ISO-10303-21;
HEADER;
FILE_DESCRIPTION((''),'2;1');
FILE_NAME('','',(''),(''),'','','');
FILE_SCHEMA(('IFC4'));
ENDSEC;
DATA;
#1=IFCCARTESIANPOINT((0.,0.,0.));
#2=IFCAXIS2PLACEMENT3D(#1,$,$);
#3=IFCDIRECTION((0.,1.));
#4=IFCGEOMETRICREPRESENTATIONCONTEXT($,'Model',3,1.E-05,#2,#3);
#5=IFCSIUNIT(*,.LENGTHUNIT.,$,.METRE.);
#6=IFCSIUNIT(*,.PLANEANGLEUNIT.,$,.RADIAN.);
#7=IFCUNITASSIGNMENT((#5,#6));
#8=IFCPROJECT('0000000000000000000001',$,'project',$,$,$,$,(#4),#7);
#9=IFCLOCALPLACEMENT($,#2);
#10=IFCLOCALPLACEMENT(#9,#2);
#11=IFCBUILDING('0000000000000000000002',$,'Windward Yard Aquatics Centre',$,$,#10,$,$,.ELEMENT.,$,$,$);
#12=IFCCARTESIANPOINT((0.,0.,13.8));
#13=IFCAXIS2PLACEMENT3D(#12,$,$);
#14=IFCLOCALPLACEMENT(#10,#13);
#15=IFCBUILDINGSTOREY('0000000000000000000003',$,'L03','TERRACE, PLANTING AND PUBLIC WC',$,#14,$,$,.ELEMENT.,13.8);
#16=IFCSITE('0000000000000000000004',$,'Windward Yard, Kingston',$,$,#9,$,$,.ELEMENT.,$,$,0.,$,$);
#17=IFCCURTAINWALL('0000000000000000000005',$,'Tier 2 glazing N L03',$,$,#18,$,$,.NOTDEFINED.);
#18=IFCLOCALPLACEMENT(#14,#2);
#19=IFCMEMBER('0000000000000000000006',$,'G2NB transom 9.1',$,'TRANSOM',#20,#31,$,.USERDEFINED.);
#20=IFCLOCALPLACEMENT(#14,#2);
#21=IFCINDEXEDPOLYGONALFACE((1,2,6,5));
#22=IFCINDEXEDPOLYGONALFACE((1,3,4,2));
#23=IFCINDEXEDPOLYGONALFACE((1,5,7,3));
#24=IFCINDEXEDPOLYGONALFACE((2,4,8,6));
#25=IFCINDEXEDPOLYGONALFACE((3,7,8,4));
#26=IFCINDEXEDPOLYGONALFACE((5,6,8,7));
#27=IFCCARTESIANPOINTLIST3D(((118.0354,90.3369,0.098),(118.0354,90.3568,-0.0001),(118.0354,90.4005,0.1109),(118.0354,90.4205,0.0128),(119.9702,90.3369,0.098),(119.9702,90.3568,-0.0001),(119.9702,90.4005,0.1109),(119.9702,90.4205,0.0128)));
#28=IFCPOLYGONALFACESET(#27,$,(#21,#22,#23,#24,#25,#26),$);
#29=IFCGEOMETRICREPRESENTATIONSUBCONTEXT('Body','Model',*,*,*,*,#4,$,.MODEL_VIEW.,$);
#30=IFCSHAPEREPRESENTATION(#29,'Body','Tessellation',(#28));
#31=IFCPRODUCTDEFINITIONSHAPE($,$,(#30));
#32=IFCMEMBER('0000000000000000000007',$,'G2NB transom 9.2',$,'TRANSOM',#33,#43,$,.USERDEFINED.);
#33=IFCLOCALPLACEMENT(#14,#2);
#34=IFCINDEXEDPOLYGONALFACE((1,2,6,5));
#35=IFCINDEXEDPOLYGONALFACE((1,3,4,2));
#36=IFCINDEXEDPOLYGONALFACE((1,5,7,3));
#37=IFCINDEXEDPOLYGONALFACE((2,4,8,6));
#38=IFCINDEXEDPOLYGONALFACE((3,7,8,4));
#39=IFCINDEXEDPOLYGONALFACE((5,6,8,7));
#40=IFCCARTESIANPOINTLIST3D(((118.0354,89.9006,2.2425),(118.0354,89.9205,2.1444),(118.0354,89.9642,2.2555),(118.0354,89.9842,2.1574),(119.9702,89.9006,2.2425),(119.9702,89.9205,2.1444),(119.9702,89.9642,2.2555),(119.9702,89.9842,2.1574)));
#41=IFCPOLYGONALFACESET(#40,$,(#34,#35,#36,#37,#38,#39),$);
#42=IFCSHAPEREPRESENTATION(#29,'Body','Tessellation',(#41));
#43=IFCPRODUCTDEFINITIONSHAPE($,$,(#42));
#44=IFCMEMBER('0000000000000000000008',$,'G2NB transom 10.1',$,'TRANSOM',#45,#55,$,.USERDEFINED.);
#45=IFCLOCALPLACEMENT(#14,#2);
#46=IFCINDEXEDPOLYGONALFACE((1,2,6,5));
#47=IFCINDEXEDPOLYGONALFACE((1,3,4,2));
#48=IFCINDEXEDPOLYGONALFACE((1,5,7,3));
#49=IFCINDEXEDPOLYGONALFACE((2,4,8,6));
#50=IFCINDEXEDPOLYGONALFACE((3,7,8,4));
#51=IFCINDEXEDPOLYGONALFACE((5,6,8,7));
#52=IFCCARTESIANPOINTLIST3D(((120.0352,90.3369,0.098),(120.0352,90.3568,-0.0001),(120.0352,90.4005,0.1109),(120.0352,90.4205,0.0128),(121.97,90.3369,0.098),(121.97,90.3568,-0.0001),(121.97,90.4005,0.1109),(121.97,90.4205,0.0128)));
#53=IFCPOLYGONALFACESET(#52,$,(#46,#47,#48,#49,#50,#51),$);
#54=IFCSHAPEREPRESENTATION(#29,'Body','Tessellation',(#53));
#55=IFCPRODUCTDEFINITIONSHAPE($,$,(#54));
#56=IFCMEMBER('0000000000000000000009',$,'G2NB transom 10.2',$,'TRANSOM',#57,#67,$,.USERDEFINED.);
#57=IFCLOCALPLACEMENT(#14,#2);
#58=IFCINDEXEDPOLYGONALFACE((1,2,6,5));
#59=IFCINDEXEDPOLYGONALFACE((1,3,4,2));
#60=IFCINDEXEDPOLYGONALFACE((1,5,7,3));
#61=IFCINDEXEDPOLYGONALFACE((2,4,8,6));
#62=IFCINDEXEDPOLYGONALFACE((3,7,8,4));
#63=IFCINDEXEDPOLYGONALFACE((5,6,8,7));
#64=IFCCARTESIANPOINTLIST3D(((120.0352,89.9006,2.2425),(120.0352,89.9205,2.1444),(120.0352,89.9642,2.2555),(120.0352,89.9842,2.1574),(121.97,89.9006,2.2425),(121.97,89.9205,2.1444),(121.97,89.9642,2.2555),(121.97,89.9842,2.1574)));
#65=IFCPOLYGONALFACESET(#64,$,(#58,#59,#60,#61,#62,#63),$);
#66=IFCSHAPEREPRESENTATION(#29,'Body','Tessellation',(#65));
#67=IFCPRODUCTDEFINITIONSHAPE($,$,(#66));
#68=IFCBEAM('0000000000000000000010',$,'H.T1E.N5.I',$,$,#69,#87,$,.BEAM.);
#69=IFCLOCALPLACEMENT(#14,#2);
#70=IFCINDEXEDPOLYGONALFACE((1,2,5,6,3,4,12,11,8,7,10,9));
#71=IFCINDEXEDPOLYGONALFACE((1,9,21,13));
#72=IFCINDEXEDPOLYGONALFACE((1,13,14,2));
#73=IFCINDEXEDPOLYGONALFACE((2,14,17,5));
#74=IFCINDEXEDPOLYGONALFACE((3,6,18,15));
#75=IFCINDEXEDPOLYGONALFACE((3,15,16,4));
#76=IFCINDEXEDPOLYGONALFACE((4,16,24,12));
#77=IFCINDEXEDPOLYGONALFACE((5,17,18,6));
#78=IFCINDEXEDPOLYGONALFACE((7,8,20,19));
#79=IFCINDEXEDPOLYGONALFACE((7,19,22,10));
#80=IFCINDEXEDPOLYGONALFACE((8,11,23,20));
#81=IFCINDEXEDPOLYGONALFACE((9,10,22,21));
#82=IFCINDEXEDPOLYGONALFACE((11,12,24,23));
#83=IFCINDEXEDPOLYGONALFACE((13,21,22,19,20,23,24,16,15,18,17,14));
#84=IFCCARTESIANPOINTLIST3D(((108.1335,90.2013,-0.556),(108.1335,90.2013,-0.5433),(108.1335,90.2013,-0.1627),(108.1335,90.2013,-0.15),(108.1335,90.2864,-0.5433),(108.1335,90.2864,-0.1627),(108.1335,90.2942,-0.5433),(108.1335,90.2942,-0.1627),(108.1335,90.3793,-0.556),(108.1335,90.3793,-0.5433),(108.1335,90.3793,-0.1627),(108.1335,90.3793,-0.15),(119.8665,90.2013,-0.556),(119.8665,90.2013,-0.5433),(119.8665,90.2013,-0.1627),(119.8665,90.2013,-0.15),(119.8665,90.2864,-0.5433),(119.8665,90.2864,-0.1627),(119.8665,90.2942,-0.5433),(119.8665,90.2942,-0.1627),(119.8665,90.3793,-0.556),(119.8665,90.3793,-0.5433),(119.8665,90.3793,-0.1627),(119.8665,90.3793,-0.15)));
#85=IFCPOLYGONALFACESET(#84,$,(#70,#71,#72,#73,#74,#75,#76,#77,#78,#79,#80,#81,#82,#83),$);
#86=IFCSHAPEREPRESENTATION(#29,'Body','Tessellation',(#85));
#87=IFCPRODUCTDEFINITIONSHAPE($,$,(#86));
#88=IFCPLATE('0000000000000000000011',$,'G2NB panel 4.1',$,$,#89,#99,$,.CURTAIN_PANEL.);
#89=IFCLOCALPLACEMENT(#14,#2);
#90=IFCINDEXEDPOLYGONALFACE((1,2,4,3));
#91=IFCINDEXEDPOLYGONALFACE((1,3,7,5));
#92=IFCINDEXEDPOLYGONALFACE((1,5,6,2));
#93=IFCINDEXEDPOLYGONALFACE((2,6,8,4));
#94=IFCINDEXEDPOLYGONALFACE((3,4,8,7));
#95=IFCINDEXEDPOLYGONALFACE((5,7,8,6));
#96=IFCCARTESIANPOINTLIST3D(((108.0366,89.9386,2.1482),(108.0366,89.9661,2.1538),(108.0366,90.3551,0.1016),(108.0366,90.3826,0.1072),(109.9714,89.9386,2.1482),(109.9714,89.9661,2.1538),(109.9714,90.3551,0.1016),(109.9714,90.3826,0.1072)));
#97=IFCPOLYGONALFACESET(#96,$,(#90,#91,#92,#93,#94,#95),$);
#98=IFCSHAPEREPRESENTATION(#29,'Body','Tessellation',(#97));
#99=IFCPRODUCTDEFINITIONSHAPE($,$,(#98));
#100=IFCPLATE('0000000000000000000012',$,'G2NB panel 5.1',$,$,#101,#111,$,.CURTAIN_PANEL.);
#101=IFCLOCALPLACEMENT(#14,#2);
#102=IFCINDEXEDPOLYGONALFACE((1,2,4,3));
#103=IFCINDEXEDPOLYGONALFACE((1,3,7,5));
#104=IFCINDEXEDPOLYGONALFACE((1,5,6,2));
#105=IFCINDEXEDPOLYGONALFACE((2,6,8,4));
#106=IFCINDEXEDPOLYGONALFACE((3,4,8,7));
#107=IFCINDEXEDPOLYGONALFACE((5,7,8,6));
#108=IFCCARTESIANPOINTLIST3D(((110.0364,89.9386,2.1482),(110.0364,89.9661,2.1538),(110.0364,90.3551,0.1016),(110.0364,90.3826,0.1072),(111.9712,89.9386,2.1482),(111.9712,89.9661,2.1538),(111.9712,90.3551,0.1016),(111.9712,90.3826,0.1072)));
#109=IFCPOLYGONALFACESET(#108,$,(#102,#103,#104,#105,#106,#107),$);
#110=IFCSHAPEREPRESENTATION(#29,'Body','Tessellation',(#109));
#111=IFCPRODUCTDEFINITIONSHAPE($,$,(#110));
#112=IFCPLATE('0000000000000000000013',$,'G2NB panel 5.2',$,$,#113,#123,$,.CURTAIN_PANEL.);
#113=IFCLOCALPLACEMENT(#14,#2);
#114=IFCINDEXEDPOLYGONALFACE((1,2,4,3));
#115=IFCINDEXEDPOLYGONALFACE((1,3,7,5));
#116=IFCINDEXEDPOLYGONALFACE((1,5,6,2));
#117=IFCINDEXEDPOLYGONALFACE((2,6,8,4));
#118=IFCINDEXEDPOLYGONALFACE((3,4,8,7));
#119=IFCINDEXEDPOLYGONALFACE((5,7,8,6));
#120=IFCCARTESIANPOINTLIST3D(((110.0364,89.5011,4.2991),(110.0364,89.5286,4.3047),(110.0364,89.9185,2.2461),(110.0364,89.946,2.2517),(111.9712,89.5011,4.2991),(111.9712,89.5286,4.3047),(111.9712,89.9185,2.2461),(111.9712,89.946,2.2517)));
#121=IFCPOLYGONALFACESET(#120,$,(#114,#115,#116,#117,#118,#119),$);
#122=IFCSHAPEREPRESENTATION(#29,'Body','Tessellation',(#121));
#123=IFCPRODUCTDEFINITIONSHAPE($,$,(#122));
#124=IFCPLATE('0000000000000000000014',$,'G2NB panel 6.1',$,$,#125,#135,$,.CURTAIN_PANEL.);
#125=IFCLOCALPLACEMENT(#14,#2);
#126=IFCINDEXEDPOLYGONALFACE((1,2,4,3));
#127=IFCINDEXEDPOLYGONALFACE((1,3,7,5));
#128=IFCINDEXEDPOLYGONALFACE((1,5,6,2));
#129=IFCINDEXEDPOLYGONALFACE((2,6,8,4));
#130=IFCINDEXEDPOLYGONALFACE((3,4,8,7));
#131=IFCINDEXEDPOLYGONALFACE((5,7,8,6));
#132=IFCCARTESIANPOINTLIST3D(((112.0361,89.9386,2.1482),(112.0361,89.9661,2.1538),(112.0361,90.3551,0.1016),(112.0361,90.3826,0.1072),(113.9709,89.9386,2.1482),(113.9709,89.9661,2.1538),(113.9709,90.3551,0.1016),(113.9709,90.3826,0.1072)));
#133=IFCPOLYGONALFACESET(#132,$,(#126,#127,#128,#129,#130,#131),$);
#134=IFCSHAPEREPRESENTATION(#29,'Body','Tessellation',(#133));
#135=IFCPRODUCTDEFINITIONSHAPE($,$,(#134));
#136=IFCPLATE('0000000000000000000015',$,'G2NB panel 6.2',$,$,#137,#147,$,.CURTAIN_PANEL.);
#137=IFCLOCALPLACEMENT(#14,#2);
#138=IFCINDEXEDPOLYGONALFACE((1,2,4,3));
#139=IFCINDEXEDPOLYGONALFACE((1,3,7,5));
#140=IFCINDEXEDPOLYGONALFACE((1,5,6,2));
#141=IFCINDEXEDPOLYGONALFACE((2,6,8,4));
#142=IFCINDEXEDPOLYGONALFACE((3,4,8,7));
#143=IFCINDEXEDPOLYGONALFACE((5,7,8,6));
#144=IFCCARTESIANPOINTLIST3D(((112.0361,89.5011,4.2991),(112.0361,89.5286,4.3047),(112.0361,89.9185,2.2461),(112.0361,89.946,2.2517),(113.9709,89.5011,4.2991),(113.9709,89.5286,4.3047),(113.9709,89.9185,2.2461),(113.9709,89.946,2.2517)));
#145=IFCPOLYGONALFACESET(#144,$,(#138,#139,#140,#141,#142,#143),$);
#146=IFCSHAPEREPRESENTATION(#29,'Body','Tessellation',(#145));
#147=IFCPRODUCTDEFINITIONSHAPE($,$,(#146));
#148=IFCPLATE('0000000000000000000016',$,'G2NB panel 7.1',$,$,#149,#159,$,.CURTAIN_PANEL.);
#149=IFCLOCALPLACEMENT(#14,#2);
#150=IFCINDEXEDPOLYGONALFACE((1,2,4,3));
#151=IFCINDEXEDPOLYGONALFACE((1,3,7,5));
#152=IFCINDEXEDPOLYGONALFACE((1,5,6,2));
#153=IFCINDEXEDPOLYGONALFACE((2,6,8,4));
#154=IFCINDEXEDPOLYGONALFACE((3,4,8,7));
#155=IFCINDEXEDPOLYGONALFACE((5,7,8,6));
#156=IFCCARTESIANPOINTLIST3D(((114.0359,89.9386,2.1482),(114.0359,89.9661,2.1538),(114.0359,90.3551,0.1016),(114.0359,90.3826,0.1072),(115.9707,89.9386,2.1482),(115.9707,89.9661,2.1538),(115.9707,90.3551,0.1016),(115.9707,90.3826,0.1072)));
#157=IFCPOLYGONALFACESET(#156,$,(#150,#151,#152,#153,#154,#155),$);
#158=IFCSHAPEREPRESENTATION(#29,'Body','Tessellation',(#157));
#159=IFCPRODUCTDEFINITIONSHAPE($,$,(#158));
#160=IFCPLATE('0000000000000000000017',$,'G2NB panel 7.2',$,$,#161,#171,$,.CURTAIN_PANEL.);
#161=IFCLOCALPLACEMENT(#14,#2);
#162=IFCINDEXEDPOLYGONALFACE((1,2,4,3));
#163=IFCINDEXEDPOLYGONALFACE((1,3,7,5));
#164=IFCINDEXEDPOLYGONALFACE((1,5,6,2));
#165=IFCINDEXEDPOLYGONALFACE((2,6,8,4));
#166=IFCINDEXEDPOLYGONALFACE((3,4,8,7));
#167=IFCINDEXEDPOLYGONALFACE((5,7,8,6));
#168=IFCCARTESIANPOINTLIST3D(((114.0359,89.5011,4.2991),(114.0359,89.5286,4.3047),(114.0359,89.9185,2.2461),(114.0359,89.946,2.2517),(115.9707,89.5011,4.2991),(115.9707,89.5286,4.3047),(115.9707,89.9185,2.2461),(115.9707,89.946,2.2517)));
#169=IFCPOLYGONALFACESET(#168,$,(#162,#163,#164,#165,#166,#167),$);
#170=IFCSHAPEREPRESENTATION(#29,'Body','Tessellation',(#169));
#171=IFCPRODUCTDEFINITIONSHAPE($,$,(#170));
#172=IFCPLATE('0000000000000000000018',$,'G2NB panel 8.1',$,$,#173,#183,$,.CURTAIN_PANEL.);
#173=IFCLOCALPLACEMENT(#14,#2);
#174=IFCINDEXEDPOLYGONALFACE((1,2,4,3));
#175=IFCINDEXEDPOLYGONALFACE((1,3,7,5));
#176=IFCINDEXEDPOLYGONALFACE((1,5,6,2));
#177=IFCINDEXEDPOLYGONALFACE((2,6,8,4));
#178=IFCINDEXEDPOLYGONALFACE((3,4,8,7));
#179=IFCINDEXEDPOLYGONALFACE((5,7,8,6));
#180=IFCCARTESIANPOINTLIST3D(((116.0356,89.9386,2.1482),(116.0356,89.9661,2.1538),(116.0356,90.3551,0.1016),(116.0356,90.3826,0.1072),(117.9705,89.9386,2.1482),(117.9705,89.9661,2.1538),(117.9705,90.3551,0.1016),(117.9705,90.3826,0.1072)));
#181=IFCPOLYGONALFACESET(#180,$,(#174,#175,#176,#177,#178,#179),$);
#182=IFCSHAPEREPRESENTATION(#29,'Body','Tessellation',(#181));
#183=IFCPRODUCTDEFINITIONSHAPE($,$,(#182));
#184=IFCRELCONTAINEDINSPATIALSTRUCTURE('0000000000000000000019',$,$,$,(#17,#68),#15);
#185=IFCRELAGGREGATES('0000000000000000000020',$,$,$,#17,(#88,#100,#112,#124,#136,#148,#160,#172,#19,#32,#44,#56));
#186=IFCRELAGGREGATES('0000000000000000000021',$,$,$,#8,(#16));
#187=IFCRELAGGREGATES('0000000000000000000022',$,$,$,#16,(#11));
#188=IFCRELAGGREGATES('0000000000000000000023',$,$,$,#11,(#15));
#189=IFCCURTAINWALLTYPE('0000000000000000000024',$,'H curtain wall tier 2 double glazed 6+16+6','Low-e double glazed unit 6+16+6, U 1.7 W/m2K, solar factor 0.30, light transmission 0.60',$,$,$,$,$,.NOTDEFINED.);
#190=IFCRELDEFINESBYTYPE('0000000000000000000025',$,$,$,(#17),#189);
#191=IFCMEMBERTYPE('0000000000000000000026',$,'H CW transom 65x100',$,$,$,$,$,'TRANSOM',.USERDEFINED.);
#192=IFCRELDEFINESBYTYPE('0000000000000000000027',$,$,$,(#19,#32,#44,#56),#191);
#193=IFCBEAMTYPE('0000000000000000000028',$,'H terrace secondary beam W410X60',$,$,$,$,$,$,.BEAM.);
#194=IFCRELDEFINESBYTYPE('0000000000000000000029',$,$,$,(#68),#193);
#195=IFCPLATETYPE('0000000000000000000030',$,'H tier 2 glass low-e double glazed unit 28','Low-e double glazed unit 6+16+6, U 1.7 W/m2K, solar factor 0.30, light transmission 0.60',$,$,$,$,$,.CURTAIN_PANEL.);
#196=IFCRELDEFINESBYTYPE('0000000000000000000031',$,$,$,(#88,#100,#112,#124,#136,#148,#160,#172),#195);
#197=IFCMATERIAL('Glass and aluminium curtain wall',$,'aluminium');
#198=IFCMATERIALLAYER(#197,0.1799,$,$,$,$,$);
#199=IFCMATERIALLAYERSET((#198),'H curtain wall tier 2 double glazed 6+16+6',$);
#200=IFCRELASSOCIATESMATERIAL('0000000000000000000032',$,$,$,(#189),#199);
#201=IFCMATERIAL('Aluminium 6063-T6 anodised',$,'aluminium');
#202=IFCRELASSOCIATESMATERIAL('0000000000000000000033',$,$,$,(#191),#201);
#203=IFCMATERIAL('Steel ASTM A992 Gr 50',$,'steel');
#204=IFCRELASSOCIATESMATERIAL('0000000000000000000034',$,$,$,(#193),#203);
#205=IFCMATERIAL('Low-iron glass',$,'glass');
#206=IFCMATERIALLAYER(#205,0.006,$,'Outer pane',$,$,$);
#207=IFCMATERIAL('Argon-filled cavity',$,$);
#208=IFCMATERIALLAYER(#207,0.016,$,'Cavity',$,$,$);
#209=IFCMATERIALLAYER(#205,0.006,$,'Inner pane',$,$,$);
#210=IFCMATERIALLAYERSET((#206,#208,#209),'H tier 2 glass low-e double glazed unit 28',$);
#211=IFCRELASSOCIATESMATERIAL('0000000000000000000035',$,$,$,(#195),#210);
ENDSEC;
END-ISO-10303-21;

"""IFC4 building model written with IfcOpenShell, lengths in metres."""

from ifc_helpers import new_model, si_unit, direction, frame, origin, origin_2d, place, context, subcontext, project, spatial, polyline, rectangle, i_section, outline, extrude, material, layer, layer_set, material_profile, profile_set, type_object, element, aggregate, save


model = new_model("IFC4")

# Units and contexts
model_context = context("Model", 3, precision=1e-05, world=origin(), true_north=direction((0.0, 1.0)))
body_context = subcontext(model_context, "Body", "Model", "MODEL_VIEW")
ifc_project = project(units=[si_unit("LENGTHUNIT", "METRE"), si_unit("PLANEANGLEUNIT", "RADIAN")], contexts=[model_context])

# Site, building, storey
site_placement = place(None, origin())
site = spatial("IfcSite", under=ifc_project, at=site_placement, Name="Windward Yard, Kingston", CompositionType="ELEMENT", RefElevation=0.0)
building_placement = place(site_placement, origin())
building = spatial("IfcBuilding", under=site, at=building_placement, Name="Windward Yard Aquatics Centre", CompositionType="ELEMENT")
storey_placement = place(building_placement, frame((0.0, 0.0, 13.8)))
storey = spatial("IfcBuildingStorey", under=building, at=storey_placement, Name="L03", Description="TERRACE, PLANTING AND PUBLIC WC", CompositionType="ELEMENT", Elevation=13.8)

# Curtain wall, members
ifc_material_1 = material(Name="Glass and aluminium curtain wall", Category="aluminium")
ifc_layer_1 = layer(ifc_material_1, 0.1799)
ifc_layer_set_1 = layer_set([ifc_layer_1], Name="H curtain wall tier 2 double glazed 6+16+6")
curtain_wall_type = type_object("IfcCurtainWallType", Name="H curtain wall tier 2 double glazed 6+16+6", Description="Low-e double glazed unit 6+16+6, U 1.7 W/m2K, solar factor 0.30, light transmission 0.60", PredefinedType="NOTDEFINED", material=ifc_layer_set_1)
curtain_wall_placement = place(storey_placement, origin())
curtain_wall = element("IfcCurtainWall", 1, at=curtain_wall_placement, inside=storey, type_object=curtain_wall_type, Name="Tier 2 glazing N L03", PredefinedType="NOTDEFINED")
ifc_material_2 = material(Name="Aluminium 6063-T6 anodised", Category="aluminium")
ifc_material_profile_1 = material_profile(ifc_material_2, rectangle(XDim=0.0649, YDim=0.1001, at=origin_2d()), Name="H CW transom 65x100")
ifc_profile_set_1 = profile_set([ifc_material_profile_1], Name="Aluminium 6063-T6 anodised")
member_type = type_object("IfcMemberType", Name="H CW transom 65x100", ElementType="TRANSOM", PredefinedType="USERDEFINED", material=ifc_profile_set_1)
member_1_placement = place(storey_placement, frame((118.0354, 90.3787, 0.0554), z_axis=(1.0, 0.0, 0.0), x_axis=(0.0, 0.979925, 0.199368)))
member_1 = element("IfcMember", 2, at=member_1_placement, type_object=member_type, Name="G2NB transom 9.1", ObjectType="TRANSOM", PredefinedType="USERDEFINED", context=body_context, shape_type="SweptSolid", body=[
    extrude(rectangle(XDim=0.0649, YDim=0.1001, at=origin_2d()), origin(), (0.0, 0.0, 1.0), 1.9348),
])
member_2_placement = place(storey_placement, frame((118.0354, 89.9424, 2.2), z_axis=(1.0, 0.0, 0.0), x_axis=(0.0, 0.979925, 0.199368)))
member_2 = element("IfcMember", 3, at=member_2_placement, type_object=member_type, Name="G2NB transom 9.2", ObjectType="TRANSOM", PredefinedType="USERDEFINED", context=body_context, shape_type="SweptSolid", body=[
    extrude(rectangle(XDim=0.0649, YDim=0.1001, at=origin_2d()), origin(), (0.0, 0.0, 1.0), 1.9348),
])
member_3_placement = place(storey_placement, frame((120.0352, 90.3787, 0.0554), z_axis=(1.0, 0.0, 0.0), x_axis=(0.0, 0.979925, 0.199368)))
member_3 = element("IfcMember", 4, at=member_3_placement, type_object=member_type, Name="G2NB transom 10.1", ObjectType="TRANSOM", PredefinedType="USERDEFINED", context=body_context, shape_type="SweptSolid", body=[
    extrude(rectangle(XDim=0.0649, YDim=0.1001, at=origin_2d()), origin(), (0.0, 0.0, 1.0), 1.9348),
])
member_4_placement = place(storey_placement, frame((120.0352, 89.9424, 2.2), z_axis=(1.0, 0.0, 0.0), x_axis=(0.0, 0.979925, 0.199368)))
member_4 = element("IfcMember", 5, at=member_4_placement, type_object=member_type, Name="G2NB transom 10.2", ObjectType="TRANSOM", PredefinedType="USERDEFINED", context=body_context, shape_type="SweptSolid", body=[
    extrude(rectangle(XDim=0.0649, YDim=0.1001, at=origin_2d()), origin(), (0.0, 0.0, 1.0), 1.9348),
])

# Beam
ifc_material_3 = material(Name="Steel ASTM A992 Gr 50", Category="steel")
ifc_material_profile_2 = material_profile(ifc_material_3, i_section(OverallWidth=0.178, OverallDepth=0.406, WebThickness=0.0078, FlangeThickness=0.0127, at=origin_2d()), Name="W410X60")
ifc_profile_set_2 = profile_set([ifc_material_profile_2], Name="Steel ASTM A992 Gr 50")
beam_type = type_object("IfcBeamType", Name="H terrace secondary beam W410X60", PredefinedType="BEAM", material=ifc_profile_set_2)
beam_placement = place(storey_placement, frame((108.1335, 90.2903, -0.353), z_axis=(1.0, 0.0, 0.0), x_axis=(0.0, 1.0, 0.0)))
element("IfcBeam", 6, at=beam_placement, inside=storey, type_object=beam_type, Name="H.T1E.N5.I", PredefinedType="BEAM", context=body_context, shape_type="SweptSolid", body=[
    extrude(i_section(OverallWidth=0.178, OverallDepth=0.406, WebThickness=0.0078, FlangeThickness=0.0127, at=origin_2d()), origin(), (0.0, 0.0, 1.0), 11.7329),
])

# Plates
ifc_material_4 = material(Name="Low-iron glass", Category="glass")
ifc_layer_2 = layer(ifc_material_4, 0.006, Name="Outer pane")
ifc_material_5 = material(Name="Argon-filled cavity")
ifc_layer_3 = layer(ifc_material_5, 0.016, Name="Cavity")
ifc_layer_4 = layer(ifc_material_4, 0.006, Name="Inner pane")
ifc_layer_set_2 = layer_set([ifc_layer_2, ifc_layer_3, ifc_layer_4], Name="H tier 2 glass low-e double glazed unit 28")
plate_type = type_object("IfcPlateType", Name="H tier 2 glass low-e double glazed unit 28", Description="Low-e double glazed unit 6+16+6, U 1.7 W/m2K, solar factor 0.30, light transmission 0.60", PredefinedType="CURTAIN_PANEL", material=ifc_layer_set_2)
plate_1_placement = place(storey_placement, frame((108.0366, 89.9661, 2.1538), z_axis=(0.0, 0.979914, 0.199419), x_axis=(0.0, 0.199419, -0.979914)))
plate_1 = element("IfcPlate", 7, at=plate_1_placement, type_object=plate_type, Name="G2NB panel 4.1", PredefinedType="CURTAIN_PANEL", context=body_context, shape_type="SweptSolid", body=[
    extrude(outline(polyline([(0.0, 0.0), (2.0886, 0.0), (2.0886, -1.9348), (0.0, -1.9348), (0.0, 0.0)])), origin(), (0.0, 0.0, -1.0), 0.0281),
])
plate_2_placement = place(storey_placement, frame((110.0364, 89.9661, 2.1538), z_axis=(0.0, 0.979914, 0.199419), x_axis=(0.0, 0.199419, -0.979914)))
plate_2 = element("IfcPlate", 8, at=plate_2_placement, type_object=plate_type, Name="G2NB panel 5.1", PredefinedType="CURTAIN_PANEL", context=body_context, shape_type="SweptSolid", body=[
    extrude(outline(polyline([(0.0, 0.0), (2.0886, 0.0), (2.0886, -1.9348), (0.0, -1.9348), (0.0, 0.0)])), origin(), (0.0, 0.0, -1.0), 0.0281),
])
plate_3_placement = place(storey_placement, frame((110.0364, 89.5286, 4.3047), z_axis=(0.0, 0.979944, 0.199275), x_axis=(0.0, 0.199275, -0.979944)))
plate_3 = element("IfcPlate", 9, at=plate_3_placement, type_object=plate_type, Name="G2NB panel 5.2", PredefinedType="CURTAIN_PANEL", context=body_context, shape_type="SweptSolid", body=[
    extrude(outline(polyline([(0.0, 0.0), (2.095, 0.0), (2.095, -1.9348), (0.0, -1.9348), (0.0, 0.0)])), origin(), (0.0, 0.0, -1.0), 0.0281),
])
plate_4_placement = place(storey_placement, frame((112.0361, 89.9661, 2.1538), z_axis=(0.0, 0.979914, 0.199419), x_axis=(0.0, 0.199419, -0.979914)))
plate_4 = element("IfcPlate", 10, at=plate_4_placement, type_object=plate_type, Name="G2NB panel 6.1", PredefinedType="CURTAIN_PANEL", context=body_context, shape_type="SweptSolid", body=[
    extrude(outline(polyline([(0.0, 0.0), (2.0886, 0.0), (2.0886, -1.9348), (0.0, -1.9348), (0.0, 0.0)])), origin(), (0.0, 0.0, -1.0), 0.0281),
])
plate_5_placement = place(storey_placement, frame((112.0361, 89.5286, 4.3047), z_axis=(0.0, 0.979944, 0.199275), x_axis=(0.0, 0.199275, -0.979944)))
plate_5 = element("IfcPlate", 11, at=plate_5_placement, type_object=plate_type, Name="G2NB panel 6.2", PredefinedType="CURTAIN_PANEL", context=body_context, shape_type="SweptSolid", body=[
    extrude(outline(polyline([(0.0, 0.0), (2.095, 0.0), (2.095, -1.9348), (0.0, -1.9348), (0.0, 0.0)])), origin(), (0.0, 0.0, -1.0), 0.0281),
])
plate_6_placement = place(storey_placement, frame((114.0359, 89.9661, 2.1538), z_axis=(0.0, 0.979914, 0.199419), x_axis=(0.0, 0.199419, -0.979914)))
plate_6 = element("IfcPlate", 12, at=plate_6_placement, type_object=plate_type, Name="G2NB panel 7.1", PredefinedType="CURTAIN_PANEL", context=body_context, shape_type="SweptSolid", body=[
    extrude(outline(polyline([(0.0, 0.0), (2.0886, 0.0), (2.0886, -1.9348), (0.0, -1.9348), (0.0, 0.0)])), origin(), (0.0, 0.0, -1.0), 0.0281),
])
plate_7_placement = place(storey_placement, frame((114.0359, 89.5286, 4.3047), z_axis=(0.0, 0.979944, 0.199275), x_axis=(0.0, 0.199275, -0.979944)))
plate_7 = element("IfcPlate", 13, at=plate_7_placement, type_object=plate_type, Name="G2NB panel 7.2", PredefinedType="CURTAIN_PANEL", context=body_context, shape_type="SweptSolid", body=[
    extrude(outline(polyline([(0.0, 0.0), (2.095, 0.0), (2.095, -1.9348), (0.0, -1.9348), (0.0, 0.0)])), origin(), (0.0, 0.0, -1.0), 0.0281),
])
plate_8_placement = place(storey_placement, frame((116.0356, 89.9661, 2.1538), z_axis=(0.0, 0.979914, 0.199419), x_axis=(0.0, 0.199419, -0.979914)))
plate_8 = element("IfcPlate", 14, at=plate_8_placement, type_object=plate_type, Name="G2NB panel 8.1", PredefinedType="CURTAIN_PANEL", context=body_context, shape_type="SweptSolid", body=[
    extrude(outline(polyline([(0.0, 0.0), (2.0886, 0.0), (2.0886, -1.9348), (0.0, -1.9348), (0.0, 0.0)])), origin(), (0.0, 0.0, -1.0), 0.0281),
])
aggregate(curtain_wall, [plate_1, plate_2, plate_3, plate_4, plate_5, plate_6, plate_7, plate_8, member_1, member_2, member_3, member_4])

save(model, "model.ifc")
